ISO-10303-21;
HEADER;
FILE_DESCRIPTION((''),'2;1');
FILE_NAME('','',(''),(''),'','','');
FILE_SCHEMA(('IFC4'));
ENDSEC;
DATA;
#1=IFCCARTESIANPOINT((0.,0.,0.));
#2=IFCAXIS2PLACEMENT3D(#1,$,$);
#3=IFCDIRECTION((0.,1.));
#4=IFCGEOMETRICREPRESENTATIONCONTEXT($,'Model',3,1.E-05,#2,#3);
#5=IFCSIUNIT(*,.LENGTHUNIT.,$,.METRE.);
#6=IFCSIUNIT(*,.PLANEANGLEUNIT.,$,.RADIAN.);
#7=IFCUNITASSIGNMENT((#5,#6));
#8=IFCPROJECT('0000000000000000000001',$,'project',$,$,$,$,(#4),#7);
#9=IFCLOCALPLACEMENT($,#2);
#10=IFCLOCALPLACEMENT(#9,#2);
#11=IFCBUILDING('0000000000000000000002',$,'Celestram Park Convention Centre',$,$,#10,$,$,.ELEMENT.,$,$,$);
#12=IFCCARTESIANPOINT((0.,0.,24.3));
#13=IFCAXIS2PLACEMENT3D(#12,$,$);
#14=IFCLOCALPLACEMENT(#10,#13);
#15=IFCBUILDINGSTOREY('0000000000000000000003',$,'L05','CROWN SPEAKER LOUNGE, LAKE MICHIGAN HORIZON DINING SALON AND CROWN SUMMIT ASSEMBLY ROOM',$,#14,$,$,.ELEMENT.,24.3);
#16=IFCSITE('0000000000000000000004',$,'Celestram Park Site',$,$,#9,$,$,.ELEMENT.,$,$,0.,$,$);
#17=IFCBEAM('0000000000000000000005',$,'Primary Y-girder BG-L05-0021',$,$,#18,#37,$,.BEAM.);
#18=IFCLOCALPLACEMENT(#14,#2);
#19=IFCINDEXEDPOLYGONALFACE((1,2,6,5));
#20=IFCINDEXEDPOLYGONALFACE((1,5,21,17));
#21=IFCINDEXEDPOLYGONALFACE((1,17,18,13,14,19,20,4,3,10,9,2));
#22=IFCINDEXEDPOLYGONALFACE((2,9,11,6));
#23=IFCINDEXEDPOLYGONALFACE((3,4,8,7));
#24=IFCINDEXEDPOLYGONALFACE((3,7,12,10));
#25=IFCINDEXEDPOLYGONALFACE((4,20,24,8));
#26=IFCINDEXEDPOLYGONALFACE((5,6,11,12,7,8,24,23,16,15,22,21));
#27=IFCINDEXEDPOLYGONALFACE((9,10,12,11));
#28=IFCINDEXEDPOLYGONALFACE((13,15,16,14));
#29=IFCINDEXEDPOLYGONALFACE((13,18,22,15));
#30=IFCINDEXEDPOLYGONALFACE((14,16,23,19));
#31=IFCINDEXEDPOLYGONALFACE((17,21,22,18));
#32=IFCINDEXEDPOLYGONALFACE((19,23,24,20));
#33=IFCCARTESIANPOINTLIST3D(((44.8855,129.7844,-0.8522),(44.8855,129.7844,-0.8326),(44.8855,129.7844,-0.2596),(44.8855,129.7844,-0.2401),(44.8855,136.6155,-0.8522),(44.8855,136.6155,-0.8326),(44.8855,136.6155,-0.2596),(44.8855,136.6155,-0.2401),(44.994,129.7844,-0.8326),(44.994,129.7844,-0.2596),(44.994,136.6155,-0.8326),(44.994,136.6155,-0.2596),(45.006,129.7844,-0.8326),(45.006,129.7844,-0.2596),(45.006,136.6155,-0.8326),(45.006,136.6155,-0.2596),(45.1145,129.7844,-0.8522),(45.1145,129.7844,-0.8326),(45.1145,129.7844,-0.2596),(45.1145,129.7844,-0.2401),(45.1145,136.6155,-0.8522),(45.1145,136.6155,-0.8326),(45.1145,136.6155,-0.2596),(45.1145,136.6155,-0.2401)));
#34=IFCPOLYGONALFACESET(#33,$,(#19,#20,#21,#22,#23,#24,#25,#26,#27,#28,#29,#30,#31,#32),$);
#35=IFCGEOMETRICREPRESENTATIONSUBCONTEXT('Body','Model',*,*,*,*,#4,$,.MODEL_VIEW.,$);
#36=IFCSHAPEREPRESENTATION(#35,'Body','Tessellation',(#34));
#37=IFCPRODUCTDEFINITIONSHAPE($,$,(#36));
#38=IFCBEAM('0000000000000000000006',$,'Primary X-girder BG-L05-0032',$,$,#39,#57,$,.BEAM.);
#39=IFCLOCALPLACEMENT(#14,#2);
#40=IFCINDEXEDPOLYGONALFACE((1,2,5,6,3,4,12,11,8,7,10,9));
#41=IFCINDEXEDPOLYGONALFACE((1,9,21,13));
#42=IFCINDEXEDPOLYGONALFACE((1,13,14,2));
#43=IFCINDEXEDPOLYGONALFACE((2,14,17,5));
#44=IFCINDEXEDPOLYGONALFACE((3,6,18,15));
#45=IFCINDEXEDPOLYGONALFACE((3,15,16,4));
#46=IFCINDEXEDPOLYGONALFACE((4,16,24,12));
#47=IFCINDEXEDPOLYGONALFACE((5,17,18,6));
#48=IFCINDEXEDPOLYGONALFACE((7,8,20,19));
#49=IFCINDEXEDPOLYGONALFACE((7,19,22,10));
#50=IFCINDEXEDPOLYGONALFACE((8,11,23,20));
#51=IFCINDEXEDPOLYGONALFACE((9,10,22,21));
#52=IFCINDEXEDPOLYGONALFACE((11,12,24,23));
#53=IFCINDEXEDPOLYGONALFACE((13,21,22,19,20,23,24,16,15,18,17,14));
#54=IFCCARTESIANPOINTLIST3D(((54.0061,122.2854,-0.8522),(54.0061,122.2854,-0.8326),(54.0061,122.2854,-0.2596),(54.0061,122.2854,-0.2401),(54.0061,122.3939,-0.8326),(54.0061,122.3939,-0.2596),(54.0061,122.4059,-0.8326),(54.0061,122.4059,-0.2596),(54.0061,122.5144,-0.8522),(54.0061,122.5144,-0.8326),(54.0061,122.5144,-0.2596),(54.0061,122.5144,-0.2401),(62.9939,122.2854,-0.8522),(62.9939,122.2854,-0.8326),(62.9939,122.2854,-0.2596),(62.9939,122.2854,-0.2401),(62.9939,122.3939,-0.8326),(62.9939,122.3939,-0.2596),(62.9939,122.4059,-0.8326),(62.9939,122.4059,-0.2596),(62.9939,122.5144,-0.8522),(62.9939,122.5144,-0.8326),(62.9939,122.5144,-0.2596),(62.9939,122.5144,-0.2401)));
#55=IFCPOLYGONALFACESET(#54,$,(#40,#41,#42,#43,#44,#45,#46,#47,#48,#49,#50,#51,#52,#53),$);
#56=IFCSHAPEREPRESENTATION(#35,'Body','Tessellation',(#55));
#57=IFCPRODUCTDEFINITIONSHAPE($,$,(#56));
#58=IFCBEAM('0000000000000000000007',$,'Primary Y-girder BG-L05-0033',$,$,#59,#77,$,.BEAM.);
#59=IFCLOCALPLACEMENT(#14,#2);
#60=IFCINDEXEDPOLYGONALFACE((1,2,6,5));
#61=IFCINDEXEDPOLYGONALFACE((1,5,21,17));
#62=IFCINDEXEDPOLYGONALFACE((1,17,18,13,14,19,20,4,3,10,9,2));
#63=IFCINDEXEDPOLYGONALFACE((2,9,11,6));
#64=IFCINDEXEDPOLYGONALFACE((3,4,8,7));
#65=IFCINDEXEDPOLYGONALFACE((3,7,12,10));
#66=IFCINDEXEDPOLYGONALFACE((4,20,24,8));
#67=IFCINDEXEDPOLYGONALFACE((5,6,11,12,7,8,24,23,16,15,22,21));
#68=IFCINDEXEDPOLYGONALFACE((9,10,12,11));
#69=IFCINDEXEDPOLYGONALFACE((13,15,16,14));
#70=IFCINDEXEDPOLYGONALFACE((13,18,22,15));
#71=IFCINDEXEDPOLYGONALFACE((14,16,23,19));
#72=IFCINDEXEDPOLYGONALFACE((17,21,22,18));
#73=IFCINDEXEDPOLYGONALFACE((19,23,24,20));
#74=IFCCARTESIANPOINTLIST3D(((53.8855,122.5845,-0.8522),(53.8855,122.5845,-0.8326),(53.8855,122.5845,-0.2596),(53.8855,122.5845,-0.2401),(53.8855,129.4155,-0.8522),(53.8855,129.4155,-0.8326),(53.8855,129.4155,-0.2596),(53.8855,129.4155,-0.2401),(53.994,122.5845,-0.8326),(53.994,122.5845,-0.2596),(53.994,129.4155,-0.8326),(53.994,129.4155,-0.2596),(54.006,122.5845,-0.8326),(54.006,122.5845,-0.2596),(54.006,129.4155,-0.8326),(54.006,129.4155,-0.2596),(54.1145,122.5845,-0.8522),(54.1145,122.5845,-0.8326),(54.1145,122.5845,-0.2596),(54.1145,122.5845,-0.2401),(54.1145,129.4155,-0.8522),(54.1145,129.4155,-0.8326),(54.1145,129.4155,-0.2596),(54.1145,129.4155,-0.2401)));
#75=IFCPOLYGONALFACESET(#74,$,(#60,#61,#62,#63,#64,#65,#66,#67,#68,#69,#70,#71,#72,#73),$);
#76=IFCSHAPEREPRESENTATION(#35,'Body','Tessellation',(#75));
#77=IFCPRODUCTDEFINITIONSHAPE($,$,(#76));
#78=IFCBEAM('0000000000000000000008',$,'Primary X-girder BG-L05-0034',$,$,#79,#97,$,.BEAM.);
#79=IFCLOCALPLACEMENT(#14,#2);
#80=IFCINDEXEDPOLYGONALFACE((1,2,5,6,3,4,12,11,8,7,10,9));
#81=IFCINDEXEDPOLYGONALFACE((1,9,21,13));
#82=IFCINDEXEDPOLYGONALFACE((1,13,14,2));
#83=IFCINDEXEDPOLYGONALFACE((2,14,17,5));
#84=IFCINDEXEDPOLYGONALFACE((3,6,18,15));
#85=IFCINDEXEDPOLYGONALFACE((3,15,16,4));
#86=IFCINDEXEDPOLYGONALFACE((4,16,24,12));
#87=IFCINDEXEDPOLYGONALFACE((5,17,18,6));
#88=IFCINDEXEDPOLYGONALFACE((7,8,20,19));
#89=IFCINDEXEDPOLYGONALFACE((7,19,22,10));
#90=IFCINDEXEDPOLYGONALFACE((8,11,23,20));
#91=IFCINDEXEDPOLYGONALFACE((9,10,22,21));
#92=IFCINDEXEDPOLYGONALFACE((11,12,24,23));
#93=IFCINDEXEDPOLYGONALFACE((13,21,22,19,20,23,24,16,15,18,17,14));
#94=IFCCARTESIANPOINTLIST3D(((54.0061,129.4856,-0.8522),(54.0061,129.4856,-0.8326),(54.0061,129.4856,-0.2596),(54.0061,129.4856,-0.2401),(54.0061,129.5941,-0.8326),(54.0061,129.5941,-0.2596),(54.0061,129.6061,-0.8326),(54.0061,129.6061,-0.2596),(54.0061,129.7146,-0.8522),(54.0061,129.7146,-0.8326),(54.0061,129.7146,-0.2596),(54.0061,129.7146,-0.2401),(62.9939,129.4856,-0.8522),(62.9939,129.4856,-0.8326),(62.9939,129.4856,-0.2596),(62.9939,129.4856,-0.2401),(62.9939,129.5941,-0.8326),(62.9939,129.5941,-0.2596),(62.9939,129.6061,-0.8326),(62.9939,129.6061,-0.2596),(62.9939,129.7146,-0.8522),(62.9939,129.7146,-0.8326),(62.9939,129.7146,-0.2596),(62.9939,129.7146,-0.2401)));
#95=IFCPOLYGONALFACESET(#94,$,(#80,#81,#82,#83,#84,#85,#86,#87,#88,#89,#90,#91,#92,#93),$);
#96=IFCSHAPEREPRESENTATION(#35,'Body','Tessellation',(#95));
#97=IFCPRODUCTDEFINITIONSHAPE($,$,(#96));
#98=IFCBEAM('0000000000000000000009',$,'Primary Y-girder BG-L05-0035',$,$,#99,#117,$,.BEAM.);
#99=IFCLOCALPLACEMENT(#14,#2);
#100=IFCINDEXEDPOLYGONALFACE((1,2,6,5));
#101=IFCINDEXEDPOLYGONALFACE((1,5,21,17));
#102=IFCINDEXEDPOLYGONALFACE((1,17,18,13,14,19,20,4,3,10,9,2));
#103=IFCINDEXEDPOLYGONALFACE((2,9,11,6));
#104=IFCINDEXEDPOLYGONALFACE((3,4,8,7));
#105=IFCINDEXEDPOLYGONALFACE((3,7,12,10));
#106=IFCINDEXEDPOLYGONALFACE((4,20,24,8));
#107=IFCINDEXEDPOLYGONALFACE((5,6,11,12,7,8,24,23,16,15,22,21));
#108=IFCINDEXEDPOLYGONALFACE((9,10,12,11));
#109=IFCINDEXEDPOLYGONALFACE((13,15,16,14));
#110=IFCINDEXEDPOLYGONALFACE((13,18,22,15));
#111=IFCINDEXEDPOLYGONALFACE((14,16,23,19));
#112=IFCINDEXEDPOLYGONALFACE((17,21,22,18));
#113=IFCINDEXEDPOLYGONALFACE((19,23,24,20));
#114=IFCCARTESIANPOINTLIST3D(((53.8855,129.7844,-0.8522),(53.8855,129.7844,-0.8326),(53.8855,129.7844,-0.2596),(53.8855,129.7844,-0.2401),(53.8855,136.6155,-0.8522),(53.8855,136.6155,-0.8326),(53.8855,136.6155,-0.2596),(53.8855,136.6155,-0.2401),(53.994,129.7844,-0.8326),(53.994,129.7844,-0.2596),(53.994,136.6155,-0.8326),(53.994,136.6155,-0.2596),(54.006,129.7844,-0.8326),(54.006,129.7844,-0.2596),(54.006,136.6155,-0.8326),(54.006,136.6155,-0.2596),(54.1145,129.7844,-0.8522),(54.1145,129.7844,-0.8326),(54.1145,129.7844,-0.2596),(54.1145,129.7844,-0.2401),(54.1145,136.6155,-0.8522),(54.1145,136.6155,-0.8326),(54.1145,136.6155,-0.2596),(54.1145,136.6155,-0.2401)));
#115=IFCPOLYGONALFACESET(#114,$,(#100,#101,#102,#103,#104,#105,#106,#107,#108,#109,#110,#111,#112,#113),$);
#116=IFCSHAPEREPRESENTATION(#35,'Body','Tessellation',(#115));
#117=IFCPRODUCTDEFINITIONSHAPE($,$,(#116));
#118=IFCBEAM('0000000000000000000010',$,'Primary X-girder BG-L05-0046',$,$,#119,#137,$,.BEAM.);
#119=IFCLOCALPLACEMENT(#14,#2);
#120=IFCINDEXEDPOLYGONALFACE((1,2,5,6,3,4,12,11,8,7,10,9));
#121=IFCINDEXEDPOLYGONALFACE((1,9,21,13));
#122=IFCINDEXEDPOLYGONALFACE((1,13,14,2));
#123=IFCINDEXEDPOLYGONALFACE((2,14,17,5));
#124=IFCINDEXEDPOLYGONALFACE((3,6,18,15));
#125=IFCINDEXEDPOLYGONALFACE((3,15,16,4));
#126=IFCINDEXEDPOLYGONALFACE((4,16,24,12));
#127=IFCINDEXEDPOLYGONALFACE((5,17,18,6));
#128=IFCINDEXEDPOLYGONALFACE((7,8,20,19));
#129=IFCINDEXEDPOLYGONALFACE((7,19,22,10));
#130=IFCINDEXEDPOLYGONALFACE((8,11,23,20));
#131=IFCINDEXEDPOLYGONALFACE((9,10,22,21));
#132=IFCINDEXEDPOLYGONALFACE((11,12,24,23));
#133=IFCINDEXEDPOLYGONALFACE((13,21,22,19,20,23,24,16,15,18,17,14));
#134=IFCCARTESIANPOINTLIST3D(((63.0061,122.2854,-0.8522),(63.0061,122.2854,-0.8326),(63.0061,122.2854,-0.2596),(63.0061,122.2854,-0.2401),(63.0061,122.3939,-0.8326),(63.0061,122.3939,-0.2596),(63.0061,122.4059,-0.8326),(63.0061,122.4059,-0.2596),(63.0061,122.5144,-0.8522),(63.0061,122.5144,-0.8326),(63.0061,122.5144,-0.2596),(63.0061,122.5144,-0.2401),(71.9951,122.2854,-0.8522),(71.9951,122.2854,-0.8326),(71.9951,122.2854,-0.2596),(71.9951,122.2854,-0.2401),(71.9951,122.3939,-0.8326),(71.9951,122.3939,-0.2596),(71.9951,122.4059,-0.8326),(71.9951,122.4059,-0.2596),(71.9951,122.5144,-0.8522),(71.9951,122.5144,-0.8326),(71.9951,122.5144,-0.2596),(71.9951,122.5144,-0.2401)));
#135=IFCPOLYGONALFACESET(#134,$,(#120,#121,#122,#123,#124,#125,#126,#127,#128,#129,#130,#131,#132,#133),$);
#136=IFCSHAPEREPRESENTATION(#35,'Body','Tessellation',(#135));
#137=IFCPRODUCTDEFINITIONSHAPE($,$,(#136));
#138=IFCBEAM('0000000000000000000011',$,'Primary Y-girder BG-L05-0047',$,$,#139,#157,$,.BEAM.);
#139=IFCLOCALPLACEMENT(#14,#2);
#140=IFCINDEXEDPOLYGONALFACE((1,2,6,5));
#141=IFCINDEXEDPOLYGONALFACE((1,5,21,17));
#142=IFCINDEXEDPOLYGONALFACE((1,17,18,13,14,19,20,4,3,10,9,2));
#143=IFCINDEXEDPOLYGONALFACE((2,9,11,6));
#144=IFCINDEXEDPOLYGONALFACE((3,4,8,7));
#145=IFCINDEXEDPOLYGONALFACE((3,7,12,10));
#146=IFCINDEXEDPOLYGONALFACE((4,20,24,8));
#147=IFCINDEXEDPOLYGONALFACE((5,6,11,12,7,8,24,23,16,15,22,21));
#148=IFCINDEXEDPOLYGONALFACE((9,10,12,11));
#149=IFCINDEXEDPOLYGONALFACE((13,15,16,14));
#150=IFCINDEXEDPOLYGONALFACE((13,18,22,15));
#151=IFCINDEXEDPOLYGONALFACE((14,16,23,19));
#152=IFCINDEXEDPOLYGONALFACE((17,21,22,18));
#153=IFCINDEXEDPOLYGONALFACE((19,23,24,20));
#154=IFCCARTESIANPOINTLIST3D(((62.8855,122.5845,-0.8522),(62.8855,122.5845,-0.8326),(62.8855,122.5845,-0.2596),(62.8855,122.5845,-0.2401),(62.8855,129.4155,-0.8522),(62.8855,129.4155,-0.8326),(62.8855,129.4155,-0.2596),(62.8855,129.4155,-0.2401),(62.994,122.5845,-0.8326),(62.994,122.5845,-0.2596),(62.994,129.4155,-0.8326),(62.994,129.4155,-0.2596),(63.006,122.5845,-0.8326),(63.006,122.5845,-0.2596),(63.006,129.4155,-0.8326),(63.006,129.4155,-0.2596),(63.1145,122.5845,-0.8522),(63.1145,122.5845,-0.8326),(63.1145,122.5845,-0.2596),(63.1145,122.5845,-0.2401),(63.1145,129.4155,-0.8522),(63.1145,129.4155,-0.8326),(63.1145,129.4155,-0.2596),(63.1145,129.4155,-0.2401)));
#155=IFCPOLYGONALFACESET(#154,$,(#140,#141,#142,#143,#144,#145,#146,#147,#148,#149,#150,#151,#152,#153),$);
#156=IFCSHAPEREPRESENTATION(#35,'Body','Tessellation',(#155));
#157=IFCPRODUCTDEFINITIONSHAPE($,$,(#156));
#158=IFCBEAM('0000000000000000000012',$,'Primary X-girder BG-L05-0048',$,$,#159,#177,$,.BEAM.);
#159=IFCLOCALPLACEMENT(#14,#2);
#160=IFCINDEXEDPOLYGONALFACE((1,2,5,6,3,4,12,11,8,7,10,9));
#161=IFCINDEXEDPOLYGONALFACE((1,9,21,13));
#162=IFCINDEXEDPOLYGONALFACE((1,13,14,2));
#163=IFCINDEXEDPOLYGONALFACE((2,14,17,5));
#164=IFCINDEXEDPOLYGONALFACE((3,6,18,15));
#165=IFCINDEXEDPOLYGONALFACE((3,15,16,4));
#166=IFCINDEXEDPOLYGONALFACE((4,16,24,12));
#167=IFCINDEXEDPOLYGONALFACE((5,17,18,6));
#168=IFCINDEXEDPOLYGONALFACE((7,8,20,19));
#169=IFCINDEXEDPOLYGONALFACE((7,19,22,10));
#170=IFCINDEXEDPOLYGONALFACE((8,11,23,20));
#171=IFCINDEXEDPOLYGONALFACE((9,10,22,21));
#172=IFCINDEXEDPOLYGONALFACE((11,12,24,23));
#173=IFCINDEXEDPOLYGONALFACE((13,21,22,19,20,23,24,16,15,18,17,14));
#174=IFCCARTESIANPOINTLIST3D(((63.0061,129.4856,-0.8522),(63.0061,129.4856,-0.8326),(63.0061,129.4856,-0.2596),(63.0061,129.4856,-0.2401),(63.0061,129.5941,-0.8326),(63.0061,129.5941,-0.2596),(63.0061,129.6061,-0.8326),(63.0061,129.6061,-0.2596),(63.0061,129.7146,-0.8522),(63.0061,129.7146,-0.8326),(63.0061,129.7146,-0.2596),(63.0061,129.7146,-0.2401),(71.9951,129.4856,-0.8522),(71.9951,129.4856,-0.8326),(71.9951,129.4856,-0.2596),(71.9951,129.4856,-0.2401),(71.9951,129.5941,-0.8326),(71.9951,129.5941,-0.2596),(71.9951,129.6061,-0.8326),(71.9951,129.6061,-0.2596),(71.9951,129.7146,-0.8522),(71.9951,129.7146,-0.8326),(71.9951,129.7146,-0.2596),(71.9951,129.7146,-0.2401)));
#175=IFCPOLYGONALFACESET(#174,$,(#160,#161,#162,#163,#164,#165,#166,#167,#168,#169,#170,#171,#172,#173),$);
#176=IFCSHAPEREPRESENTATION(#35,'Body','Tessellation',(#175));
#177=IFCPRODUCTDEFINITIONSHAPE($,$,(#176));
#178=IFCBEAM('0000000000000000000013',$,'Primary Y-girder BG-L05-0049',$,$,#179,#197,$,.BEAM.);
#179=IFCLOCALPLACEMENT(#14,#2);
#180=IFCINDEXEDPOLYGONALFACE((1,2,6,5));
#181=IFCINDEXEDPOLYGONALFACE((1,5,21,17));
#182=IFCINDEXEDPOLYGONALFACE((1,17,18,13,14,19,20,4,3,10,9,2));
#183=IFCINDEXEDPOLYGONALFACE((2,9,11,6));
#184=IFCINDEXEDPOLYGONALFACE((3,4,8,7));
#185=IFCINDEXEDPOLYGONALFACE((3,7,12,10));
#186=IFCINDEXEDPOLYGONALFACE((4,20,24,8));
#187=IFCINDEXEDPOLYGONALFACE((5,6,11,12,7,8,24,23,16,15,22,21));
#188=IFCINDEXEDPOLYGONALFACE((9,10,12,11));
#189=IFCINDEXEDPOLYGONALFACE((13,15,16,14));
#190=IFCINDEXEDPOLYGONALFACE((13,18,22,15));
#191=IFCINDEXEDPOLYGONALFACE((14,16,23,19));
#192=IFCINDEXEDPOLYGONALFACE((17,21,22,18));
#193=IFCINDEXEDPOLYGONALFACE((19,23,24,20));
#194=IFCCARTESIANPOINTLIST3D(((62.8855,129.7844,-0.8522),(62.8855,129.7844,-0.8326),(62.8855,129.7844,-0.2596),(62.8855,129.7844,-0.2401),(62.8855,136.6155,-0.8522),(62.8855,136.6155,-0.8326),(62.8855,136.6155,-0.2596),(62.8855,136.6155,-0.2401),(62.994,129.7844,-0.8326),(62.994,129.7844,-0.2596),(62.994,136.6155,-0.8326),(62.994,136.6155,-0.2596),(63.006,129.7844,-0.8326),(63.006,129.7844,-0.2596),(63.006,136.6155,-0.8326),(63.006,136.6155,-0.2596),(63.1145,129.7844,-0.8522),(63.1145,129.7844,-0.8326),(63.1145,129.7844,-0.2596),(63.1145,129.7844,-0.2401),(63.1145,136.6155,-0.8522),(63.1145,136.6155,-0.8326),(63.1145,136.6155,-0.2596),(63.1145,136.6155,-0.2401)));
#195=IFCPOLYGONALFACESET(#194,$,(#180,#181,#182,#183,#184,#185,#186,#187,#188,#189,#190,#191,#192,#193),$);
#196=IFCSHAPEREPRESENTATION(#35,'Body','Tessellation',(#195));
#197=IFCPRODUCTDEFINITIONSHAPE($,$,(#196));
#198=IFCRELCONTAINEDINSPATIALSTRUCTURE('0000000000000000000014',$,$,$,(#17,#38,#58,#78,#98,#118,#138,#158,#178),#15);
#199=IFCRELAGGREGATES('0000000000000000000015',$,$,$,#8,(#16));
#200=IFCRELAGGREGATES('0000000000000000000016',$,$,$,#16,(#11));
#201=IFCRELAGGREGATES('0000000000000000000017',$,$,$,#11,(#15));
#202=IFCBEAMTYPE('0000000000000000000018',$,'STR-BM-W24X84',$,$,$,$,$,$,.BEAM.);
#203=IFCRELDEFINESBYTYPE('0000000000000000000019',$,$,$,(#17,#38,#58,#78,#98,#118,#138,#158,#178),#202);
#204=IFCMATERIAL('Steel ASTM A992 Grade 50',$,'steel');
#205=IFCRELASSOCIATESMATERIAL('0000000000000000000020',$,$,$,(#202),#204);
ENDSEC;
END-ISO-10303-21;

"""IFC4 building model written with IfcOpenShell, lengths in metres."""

from ifc_helpers import new_model, si_unit, direction, frame, origin, origin_2d, place, context, subcontext, project, spatial, i_section, extrude, material, material_profile, profile_set, type_object, element, save


model = new_model("IFC4")

# Units and contexts
model_context = context("Model", 3, precision=1e-05, world=origin(), true_north=direction((0.0, 1.0)))
body_context = subcontext(model_context, "Body", "Model", "MODEL_VIEW")
ifc_project = project(units=[si_unit("LENGTHUNIT", "METRE"), si_unit("PLANEANGLEUNIT", "RADIAN")], contexts=[model_context])

# Site, building, storey
site_placement = place(None, origin())
site = spatial("IfcSite", under=ifc_project, at=site_placement, Name="Celestram Park Site", CompositionType="ELEMENT", RefElevation=0.0)
building_placement = place(site_placement, origin())
building = spatial("IfcBuilding", under=site, at=building_placement, Name="Celestram Park Convention Centre", CompositionType="ELEMENT")
storey_placement = place(building_placement, frame((0.0, 0.0, 24.3)))
storey = spatial("IfcBuildingStorey", under=building, at=storey_placement, Name="L05", Description="CROWN SPEAKER LOUNGE, LAKE MICHIGAN HORIZON DINING SALON AND CROWN SUMMIT ASSEMBLY ROOM", CompositionType="ELEMENT", Elevation=24.3)

# Shared definitions
ifc_material_1 = material(Name="Steel ASTM A992 Grade 50", Category="steel")

# Beams
ifc_material_profile_1 = material_profile(ifc_material_1, i_section(OverallWidth=0.229, OverallDepth=0.6121, WebThickness=0.012, FlangeThickness=0.0195, at=origin_2d()), Name="W24X84")
ifc_profile_set_1 = profile_set([ifc_material_profile_1], Name="Steel ASTM A992 Grade 50")
beam_type = type_object("IfcBeamType", Name="STR-BM-W24X84", PredefinedType="BEAM", material=ifc_profile_set_1)
beam_1_placement = place(storey_placement, frame((45.0, 129.7844, -0.5461), z_axis=(0.0, 1.0, 0.0), x_axis=(-1.0, 0.0, 0.0)))
element("IfcBeam", 1, at=beam_1_placement, inside=storey, type_object=beam_type, Name="Primary Y-girder BG-L05-0021", PredefinedType="BEAM", context=body_context, shape_type="SweptSolid", body=[
    extrude(i_section(OverallWidth=0.229, OverallDepth=0.6121, WebThickness=0.012, FlangeThickness=0.0195, at=origin_2d()), origin(), (0.0, 0.0, 1.0), 6.8311),
])
beam_2_placement = place(storey_placement, frame((54.0061, 122.3999, -0.5461), z_axis=(1.0, 0.0, 0.0), x_axis=(0.0, 1.0, 0.0)))
element("IfcBeam", 2, at=beam_2_placement, inside=storey, type_object=beam_type, Name="Primary X-girder BG-L05-0032", PredefinedType="BEAM", context=body_context, shape_type="SweptSolid", body=[
    extrude(i_section(OverallWidth=0.229, OverallDepth=0.6121, WebThickness=0.012, FlangeThickness=0.0195, at=origin_2d()), origin(), (0.0, 0.0, 1.0), 8.9878),
])
beam_3_placement = place(storey_placement, frame((54.0, 122.5845, -0.5461), z_axis=(0.0, 1.0, 0.0), x_axis=(-1.0, 0.0, 0.0)))
element("IfcBeam", 3, at=beam_3_placement, inside=storey, type_object=beam_type, Name="Primary Y-girder BG-L05-0033", PredefinedType="BEAM", context=body_context, shape_type="SweptSolid", body=[
    extrude(i_section(OverallWidth=0.229, OverallDepth=0.6121, WebThickness=0.012, FlangeThickness=0.0195, at=origin_2d()), origin(), (0.0, 0.0, 1.0), 6.8311),
])
beam_4_placement = place(storey_placement, frame((54.0061, 129.6001, -0.5461), z_axis=(1.0, 0.0, 0.0), x_axis=(0.0, 1.0, 0.0)))
element("IfcBeam", 4, at=beam_4_placement, inside=storey, type_object=beam_type, Name="Primary X-girder BG-L05-0034", PredefinedType="BEAM", context=body_context, shape_type="SweptSolid", body=[
    extrude(i_section(OverallWidth=0.229, OverallDepth=0.6121, WebThickness=0.012, FlangeThickness=0.0195, at=origin_2d()), origin(), (0.0, 0.0, 1.0), 8.9878),
])
beam_5_placement = place(storey_placement, frame((54.0, 129.7844, -0.5461), z_axis=(0.0, 1.0, 0.0), x_axis=(-1.0, 0.0, 0.0)))
element("IfcBeam", 5, at=beam_5_placement, inside=storey, type_object=beam_type, Name="Primary Y-girder BG-L05-0035", PredefinedType="BEAM", context=body_context, shape_type="SweptSolid", body=[
    extrude(i_section(OverallWidth=0.229, OverallDepth=0.6121, WebThickness=0.012, FlangeThickness=0.0195, at=origin_2d()), origin(), (0.0, 0.0, 1.0), 6.8311),
])
beam_6_placement = place(storey_placement, frame((63.0061, 122.3999, -0.5461), z_axis=(1.0, 0.0, 0.0), x_axis=(0.0, 1.0, 0.0)))
element("IfcBeam", 6, at=beam_6_placement, inside=storey, type_object=beam_type, Name="Primary X-girder BG-L05-0046", PredefinedType="BEAM", context=body_context, shape_type="SweptSolid", body=[
    extrude(i_section(OverallWidth=0.229, OverallDepth=0.6121, WebThickness=0.012, FlangeThickness=0.0195, at=origin_2d()), origin(), (0.0, 0.0, 1.0), 8.989),
])
beam_7_placement = place(storey_placement, frame((63.0, 122.5845, -0.5461), z_axis=(0.0, 1.0, 0.0), x_axis=(-1.0, 0.0, 0.0)))
element("IfcBeam", 7, at=beam_7_placement, inside=storey, type_object=beam_type, Name="Primary Y-girder BG-L05-0047", PredefinedType="BEAM", context=body_context, shape_type="SweptSolid", body=[
    extrude(i_section(OverallWidth=0.229, OverallDepth=0.6121, WebThickness=0.012, FlangeThickness=0.0195, at=origin_2d()), origin(), (0.0, 0.0, 1.0), 6.8311),
])
beam_8_placement = place(storey_placement, frame((63.0061, 129.6001, -0.5461), z_axis=(1.0, 0.0, 0.0), x_axis=(0.0, 1.0, 0.0)))
element("IfcBeam", 8, at=beam_8_placement, inside=storey, type_object=beam_type, Name="Primary X-girder BG-L05-0048", PredefinedType="BEAM", context=body_context, shape_type="SweptSolid", body=[
    extrude(i_section(OverallWidth=0.229, OverallDepth=0.6121, WebThickness=0.012, FlangeThickness=0.0195, at=origin_2d()), origin(), (0.0, 0.0, 1.0), 8.989),
])
beam_9_placement = place(storey_placement, frame((63.0, 129.7844, -0.5461), z_axis=(0.0, 1.0, 0.0), x_axis=(-1.0, 0.0, 0.0)))
element("IfcBeam", 9, at=beam_9_placement, inside=storey, type_object=beam_type, Name="Primary Y-girder BG-L05-0049", PredefinedType="BEAM", context=body_context, shape_type="SweptSolid", body=[
    extrude(i_section(OverallWidth=0.229, OverallDepth=0.6121, WebThickness=0.012, FlangeThickness=0.0195, at=origin_2d()), origin(), (0.0, 0.0, 1.0), 6.8311),
])

save(model, "model.ifc")
